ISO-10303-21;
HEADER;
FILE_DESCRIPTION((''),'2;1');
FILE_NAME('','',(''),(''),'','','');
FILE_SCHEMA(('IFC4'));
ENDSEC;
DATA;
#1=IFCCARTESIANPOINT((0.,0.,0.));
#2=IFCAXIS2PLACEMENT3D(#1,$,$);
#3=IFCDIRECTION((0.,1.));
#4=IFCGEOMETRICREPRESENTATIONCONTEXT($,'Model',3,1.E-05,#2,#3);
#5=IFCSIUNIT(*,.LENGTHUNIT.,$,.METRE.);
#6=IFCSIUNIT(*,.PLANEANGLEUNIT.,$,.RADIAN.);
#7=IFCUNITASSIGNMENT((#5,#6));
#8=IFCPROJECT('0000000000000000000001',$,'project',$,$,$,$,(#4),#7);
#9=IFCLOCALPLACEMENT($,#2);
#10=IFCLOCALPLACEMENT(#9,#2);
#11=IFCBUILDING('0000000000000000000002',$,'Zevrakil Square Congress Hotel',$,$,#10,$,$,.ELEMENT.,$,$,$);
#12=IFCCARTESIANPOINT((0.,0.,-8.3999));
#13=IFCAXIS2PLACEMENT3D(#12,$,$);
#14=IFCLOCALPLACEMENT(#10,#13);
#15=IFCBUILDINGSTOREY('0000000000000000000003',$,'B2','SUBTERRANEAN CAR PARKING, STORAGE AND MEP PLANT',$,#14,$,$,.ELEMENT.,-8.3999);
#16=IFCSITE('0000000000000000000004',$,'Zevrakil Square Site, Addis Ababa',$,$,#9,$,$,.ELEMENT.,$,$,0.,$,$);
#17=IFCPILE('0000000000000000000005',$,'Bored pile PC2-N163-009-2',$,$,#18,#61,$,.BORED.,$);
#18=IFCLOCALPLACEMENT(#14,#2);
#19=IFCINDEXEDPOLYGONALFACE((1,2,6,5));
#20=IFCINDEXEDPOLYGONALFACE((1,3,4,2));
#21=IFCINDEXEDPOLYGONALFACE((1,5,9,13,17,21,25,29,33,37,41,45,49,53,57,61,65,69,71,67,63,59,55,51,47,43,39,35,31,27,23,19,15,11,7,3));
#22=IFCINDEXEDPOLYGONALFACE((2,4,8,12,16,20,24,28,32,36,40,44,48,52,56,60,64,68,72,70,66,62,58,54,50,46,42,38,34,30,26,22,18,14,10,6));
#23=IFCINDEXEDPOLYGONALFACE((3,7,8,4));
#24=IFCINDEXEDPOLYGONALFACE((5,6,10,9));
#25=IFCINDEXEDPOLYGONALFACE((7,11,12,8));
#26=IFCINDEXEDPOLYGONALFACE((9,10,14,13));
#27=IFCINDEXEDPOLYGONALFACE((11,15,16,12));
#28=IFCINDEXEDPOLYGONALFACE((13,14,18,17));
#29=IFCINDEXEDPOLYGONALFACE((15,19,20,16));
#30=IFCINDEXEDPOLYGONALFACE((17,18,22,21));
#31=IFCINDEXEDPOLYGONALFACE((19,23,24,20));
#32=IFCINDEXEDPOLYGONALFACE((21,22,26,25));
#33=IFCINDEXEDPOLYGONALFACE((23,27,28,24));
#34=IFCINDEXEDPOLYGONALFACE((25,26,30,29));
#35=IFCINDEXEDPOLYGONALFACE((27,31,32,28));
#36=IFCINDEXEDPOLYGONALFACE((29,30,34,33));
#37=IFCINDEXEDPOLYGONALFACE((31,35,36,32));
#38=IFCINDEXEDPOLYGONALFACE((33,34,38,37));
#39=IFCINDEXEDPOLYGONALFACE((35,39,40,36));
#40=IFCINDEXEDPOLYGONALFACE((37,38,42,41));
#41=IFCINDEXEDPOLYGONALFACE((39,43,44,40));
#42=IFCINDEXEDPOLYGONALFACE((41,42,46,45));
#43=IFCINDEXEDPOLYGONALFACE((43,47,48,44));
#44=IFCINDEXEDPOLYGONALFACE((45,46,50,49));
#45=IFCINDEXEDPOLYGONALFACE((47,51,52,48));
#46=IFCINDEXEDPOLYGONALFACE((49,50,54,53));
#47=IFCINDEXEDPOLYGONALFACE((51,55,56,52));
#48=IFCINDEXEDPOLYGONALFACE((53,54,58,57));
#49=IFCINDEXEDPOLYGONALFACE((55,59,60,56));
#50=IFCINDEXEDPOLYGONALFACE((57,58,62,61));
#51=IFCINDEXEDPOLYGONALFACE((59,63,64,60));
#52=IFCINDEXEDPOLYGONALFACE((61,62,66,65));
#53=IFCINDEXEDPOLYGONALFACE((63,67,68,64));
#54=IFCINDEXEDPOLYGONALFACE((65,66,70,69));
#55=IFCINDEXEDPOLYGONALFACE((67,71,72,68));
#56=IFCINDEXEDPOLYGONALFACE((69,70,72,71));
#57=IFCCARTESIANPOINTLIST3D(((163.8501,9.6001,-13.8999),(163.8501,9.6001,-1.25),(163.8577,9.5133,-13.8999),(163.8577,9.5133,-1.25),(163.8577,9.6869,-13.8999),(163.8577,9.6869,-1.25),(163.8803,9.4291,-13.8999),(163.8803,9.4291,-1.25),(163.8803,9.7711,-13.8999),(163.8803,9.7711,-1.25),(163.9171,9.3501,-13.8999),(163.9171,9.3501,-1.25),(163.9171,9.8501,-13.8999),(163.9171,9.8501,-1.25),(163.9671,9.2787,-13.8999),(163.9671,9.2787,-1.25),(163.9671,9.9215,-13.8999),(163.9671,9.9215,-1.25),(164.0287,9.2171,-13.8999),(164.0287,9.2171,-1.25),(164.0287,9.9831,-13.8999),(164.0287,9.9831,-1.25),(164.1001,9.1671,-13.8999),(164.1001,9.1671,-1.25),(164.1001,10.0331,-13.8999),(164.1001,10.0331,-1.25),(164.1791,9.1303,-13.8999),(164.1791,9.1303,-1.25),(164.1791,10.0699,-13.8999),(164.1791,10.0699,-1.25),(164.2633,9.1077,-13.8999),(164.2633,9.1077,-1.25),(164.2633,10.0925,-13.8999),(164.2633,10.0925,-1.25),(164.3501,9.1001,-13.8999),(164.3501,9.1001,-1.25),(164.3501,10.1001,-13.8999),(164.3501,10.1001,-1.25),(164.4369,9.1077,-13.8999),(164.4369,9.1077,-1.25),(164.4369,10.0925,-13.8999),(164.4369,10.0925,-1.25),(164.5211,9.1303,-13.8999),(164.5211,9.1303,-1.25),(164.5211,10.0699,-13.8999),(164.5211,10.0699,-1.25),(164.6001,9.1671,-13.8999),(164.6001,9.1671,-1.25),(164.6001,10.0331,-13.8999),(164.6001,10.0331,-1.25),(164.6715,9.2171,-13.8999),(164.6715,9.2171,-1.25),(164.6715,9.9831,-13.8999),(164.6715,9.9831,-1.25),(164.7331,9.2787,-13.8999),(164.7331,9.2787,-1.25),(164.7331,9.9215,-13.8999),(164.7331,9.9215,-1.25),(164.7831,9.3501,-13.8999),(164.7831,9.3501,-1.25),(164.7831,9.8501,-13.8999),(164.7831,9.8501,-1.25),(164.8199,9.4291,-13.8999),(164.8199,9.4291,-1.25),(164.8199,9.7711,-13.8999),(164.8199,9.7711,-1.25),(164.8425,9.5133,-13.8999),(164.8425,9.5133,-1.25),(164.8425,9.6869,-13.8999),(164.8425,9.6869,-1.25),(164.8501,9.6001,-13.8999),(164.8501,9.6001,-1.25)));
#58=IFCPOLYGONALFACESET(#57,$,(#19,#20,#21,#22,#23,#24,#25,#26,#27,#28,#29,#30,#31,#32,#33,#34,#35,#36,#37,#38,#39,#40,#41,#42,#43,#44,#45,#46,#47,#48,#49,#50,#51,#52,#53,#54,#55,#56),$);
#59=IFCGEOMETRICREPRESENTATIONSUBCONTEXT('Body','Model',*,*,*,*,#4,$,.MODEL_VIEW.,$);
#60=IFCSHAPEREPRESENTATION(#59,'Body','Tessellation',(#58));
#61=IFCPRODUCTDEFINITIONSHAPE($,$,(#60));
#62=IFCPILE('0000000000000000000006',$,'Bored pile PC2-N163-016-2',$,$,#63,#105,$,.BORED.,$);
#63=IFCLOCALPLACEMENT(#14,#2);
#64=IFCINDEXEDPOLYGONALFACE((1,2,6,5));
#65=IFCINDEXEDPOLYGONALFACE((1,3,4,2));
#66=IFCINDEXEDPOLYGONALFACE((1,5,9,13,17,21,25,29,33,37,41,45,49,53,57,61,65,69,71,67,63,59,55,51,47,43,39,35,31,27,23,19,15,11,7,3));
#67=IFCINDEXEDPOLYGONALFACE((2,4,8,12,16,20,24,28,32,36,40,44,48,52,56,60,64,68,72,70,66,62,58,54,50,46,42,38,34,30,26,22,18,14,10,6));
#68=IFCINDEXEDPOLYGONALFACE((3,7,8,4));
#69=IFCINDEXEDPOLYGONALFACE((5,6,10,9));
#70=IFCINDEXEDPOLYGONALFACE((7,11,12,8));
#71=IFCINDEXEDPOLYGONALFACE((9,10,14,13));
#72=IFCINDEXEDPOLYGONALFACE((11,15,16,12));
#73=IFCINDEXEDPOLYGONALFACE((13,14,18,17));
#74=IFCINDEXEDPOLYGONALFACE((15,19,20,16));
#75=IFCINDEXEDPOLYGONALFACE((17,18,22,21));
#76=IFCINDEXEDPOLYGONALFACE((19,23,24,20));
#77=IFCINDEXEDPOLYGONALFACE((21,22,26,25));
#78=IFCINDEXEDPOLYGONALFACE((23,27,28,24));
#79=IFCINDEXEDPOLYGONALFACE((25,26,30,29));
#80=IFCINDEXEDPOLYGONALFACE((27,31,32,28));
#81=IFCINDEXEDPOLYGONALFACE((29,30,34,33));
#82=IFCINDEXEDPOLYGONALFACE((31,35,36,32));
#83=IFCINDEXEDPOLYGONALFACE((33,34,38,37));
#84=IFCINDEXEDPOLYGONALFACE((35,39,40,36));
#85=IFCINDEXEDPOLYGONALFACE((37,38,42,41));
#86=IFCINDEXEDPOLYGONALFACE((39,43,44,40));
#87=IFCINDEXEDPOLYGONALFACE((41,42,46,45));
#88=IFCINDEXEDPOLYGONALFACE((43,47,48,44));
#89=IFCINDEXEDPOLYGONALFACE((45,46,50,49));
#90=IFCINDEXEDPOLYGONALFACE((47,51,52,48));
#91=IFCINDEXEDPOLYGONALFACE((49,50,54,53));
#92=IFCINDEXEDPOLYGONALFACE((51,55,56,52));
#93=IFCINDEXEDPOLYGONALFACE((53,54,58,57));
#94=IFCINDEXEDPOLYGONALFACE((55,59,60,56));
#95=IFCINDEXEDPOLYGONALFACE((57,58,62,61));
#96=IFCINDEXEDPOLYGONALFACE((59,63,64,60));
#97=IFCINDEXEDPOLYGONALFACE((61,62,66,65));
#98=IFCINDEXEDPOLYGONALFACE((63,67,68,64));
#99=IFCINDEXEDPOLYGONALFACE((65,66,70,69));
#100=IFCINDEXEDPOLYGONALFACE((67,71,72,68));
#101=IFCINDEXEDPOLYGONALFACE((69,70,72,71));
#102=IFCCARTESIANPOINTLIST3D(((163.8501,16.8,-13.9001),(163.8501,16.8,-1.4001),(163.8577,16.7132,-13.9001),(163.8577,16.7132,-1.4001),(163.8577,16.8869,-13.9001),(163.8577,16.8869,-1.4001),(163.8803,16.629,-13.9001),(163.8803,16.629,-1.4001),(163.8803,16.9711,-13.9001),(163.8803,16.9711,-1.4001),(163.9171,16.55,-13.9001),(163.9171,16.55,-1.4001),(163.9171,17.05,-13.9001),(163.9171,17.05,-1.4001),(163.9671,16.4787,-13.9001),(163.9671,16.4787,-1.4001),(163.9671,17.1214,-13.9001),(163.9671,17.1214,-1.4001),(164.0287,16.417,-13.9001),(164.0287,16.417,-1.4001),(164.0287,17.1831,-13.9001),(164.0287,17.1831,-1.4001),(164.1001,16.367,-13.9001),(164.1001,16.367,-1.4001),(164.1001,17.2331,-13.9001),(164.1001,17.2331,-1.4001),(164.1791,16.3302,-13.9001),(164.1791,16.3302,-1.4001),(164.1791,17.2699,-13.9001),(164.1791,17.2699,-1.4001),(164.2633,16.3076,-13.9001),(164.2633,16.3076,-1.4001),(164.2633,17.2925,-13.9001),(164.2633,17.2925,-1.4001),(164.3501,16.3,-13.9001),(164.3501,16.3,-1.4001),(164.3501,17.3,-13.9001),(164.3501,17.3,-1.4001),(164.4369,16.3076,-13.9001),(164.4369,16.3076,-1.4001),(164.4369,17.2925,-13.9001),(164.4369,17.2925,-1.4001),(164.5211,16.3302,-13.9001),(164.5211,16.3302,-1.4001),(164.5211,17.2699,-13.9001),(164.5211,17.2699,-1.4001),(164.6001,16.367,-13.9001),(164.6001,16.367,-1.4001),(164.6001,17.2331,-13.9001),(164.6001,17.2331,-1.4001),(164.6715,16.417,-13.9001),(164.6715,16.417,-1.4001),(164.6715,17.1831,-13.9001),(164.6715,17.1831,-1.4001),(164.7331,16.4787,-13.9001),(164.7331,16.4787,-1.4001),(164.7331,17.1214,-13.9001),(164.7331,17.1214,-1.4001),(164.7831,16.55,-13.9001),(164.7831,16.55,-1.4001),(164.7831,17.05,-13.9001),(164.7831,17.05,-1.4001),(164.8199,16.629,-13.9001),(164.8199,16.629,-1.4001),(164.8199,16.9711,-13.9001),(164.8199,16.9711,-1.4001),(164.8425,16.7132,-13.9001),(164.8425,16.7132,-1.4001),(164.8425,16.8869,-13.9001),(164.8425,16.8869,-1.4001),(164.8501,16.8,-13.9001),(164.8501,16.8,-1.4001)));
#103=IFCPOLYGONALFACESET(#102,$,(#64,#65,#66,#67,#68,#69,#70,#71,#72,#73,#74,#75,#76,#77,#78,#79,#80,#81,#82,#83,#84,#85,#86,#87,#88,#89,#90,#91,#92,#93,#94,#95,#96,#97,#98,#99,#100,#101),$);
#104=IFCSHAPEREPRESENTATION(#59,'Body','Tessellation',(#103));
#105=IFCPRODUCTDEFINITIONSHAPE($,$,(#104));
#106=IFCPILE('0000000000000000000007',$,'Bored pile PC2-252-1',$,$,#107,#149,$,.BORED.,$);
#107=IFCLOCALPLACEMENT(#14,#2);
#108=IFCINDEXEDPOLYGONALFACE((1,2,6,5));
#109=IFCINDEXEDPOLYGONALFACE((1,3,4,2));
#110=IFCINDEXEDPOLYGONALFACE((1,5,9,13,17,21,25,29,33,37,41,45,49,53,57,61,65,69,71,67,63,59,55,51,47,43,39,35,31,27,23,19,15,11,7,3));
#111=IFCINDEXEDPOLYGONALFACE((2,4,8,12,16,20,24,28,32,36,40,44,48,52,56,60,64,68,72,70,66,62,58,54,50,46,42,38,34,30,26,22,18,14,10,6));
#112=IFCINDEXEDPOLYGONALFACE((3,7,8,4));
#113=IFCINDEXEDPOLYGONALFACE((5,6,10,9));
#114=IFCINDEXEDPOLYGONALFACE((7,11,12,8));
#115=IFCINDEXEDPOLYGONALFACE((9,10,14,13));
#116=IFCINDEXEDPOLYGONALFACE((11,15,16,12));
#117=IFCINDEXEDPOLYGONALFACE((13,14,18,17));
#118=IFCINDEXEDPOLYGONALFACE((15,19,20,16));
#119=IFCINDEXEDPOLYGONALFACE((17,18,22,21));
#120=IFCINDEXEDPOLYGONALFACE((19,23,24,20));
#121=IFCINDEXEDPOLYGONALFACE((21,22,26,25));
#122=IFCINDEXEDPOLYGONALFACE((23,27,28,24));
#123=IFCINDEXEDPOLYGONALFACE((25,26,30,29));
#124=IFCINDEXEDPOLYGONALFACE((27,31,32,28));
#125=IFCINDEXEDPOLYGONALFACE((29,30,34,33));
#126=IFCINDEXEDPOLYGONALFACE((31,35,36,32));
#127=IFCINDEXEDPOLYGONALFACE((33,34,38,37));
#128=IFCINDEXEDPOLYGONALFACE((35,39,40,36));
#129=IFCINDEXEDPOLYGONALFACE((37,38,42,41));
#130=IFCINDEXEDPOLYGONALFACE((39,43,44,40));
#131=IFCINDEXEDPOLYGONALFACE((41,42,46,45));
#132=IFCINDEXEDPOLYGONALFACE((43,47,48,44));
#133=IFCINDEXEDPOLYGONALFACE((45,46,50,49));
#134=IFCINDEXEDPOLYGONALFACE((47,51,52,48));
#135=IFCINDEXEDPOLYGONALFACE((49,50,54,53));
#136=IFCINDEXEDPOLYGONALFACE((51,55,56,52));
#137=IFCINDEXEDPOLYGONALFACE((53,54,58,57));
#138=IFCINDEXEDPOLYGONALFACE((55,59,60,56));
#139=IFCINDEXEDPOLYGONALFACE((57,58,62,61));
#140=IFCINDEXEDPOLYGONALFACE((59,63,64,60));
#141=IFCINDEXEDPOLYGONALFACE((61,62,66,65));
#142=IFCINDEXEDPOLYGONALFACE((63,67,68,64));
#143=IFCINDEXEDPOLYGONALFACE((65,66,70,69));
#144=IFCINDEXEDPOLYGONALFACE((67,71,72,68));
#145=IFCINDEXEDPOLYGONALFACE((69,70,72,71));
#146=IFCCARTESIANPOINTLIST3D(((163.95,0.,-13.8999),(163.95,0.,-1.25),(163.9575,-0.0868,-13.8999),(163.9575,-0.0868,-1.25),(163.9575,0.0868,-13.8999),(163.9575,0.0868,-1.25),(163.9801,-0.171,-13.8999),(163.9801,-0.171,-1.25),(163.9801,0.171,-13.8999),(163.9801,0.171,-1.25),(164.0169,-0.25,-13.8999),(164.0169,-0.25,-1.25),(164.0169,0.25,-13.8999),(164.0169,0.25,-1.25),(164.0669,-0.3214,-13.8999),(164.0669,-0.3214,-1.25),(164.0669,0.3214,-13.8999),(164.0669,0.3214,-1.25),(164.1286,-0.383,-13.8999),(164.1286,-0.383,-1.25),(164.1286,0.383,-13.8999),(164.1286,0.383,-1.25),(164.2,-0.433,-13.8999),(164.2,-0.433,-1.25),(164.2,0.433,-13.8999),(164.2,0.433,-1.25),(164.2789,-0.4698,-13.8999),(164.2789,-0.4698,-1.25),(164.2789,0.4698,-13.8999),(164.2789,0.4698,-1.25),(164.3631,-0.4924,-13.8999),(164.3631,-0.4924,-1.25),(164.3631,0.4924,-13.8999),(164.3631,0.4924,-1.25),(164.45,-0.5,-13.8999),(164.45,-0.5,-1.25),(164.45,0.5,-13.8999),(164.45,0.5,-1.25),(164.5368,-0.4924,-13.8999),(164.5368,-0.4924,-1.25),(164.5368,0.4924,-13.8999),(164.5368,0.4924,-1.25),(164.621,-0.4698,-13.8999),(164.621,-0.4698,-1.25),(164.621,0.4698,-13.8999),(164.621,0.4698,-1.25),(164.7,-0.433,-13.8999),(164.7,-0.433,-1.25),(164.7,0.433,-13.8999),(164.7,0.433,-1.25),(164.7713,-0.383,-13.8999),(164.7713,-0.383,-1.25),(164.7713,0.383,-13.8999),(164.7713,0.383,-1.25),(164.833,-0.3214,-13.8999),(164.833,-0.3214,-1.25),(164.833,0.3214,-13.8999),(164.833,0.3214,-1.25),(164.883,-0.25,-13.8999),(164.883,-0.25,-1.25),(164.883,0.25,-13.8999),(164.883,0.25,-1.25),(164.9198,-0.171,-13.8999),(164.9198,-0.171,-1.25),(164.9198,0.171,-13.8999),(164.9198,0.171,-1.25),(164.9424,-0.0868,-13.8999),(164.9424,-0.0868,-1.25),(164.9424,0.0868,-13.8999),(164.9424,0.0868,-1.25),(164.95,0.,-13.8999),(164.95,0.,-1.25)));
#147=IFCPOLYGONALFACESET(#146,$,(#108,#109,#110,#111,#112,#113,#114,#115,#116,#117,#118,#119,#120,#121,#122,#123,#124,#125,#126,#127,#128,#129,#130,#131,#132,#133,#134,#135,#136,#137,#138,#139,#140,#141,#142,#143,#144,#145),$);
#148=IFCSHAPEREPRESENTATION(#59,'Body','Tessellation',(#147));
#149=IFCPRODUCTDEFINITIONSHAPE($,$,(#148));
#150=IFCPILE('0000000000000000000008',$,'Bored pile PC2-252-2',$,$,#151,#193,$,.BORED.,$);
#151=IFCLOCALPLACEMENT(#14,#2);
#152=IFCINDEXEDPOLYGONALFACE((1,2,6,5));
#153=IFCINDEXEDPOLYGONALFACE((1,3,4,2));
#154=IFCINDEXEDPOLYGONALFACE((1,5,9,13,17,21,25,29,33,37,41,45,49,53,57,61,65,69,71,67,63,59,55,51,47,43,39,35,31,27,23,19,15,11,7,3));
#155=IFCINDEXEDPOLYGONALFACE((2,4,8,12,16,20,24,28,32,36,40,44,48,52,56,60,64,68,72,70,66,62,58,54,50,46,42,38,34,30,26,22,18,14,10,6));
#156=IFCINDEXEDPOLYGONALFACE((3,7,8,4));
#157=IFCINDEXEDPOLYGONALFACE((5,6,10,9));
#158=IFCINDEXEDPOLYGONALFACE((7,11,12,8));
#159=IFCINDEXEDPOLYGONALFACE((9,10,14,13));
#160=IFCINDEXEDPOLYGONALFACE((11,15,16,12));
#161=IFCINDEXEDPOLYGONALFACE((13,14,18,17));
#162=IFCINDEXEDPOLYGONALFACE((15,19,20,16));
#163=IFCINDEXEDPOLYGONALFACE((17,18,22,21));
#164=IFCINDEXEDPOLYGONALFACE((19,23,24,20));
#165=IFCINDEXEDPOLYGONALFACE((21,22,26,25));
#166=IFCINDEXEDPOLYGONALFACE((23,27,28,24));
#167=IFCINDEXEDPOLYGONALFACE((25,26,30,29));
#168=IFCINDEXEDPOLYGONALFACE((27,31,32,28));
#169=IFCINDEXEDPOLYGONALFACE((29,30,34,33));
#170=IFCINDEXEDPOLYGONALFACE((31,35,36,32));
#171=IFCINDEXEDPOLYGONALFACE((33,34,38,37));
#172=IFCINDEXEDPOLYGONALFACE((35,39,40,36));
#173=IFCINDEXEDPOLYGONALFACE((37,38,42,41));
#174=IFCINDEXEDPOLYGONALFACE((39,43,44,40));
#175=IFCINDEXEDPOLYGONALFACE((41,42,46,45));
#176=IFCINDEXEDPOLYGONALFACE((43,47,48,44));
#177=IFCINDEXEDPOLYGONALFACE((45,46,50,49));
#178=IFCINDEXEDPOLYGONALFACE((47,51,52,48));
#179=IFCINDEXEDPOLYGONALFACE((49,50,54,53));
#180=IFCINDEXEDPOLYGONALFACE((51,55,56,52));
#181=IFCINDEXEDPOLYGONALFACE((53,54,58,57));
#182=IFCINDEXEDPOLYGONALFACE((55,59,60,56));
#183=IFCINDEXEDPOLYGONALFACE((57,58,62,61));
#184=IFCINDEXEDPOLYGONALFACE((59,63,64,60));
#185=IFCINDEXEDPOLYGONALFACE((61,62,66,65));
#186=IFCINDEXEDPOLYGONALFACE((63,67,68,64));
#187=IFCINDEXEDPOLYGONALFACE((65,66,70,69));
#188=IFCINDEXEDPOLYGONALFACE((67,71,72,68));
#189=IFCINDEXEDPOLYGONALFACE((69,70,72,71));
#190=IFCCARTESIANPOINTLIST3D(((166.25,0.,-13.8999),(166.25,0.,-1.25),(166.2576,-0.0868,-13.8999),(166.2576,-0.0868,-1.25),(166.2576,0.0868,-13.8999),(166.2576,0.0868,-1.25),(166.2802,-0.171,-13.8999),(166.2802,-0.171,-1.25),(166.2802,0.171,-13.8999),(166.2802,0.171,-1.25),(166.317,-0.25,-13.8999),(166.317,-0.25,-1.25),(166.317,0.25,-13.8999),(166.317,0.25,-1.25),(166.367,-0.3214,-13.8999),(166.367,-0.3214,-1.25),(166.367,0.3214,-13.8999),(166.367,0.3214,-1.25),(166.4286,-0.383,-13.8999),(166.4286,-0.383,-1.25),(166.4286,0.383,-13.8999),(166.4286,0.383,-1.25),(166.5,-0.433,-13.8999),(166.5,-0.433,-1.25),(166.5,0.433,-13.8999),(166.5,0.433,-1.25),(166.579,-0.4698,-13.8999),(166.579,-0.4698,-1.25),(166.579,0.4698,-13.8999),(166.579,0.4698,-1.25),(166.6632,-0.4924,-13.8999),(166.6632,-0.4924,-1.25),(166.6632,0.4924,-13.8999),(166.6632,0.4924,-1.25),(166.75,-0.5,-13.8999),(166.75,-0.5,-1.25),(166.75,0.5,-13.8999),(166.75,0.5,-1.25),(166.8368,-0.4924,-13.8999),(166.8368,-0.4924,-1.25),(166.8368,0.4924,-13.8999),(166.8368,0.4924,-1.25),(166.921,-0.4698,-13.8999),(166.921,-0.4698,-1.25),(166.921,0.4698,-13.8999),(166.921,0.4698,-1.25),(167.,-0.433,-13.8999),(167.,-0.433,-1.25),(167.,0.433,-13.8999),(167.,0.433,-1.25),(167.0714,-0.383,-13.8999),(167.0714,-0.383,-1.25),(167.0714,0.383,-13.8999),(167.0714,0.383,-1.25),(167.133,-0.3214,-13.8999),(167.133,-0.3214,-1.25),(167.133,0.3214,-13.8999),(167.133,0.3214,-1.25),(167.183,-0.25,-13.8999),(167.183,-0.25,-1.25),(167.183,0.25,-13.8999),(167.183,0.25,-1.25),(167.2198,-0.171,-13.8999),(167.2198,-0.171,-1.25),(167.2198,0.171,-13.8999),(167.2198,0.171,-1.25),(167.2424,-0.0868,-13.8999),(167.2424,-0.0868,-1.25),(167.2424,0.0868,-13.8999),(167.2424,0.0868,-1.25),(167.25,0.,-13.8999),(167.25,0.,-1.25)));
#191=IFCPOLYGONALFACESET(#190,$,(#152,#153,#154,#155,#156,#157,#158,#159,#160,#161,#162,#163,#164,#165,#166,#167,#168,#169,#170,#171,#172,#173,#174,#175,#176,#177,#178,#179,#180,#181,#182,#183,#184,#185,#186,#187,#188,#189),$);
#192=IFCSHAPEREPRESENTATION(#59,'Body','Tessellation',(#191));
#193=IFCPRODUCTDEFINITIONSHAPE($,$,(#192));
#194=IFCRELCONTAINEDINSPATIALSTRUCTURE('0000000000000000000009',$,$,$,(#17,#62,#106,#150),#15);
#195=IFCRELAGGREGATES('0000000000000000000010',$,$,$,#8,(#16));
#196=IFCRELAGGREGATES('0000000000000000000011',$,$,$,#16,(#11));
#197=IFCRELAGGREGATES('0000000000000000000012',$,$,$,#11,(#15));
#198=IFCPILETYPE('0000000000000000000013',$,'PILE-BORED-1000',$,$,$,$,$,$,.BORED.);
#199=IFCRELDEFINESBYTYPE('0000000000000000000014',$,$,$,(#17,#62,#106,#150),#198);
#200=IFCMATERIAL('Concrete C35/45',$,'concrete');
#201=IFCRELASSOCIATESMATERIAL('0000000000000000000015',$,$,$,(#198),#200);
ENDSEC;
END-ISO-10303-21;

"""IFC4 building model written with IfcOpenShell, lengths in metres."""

from ifc_helpers import new_model, si_unit, direction, frame, origin, origin_2d, place, context, subcontext, project, spatial, circle, extrude, material, material_profile, profile_set, type_object, element, save


model = new_model("IFC4")

# Units and contexts
model_context = context("Model", 3, precision=1e-05, world=origin(), true_north=direction((0.0, 1.0)))
body_context = subcontext(model_context, "Body", "Model", "MODEL_VIEW")
ifc_project = project(units=[si_unit("LENGTHUNIT", "METRE"), si_unit("PLANEANGLEUNIT", "RADIAN")], contexts=[model_context])

# Site, building, storey
site_placement = place(None, origin())
site = spatial("IfcSite", under=ifc_project, at=site_placement, Name="Zevrakil Square Site, Addis Ababa", CompositionType="ELEMENT", RefElevation=0.0)
building_placement = place(site_placement, origin())
building = spatial("IfcBuilding", under=site, at=building_placement, Name="Zevrakil Square Congress Hotel", CompositionType="ELEMENT")
storey_placement = place(building_placement, frame((0.0, 0.0, -8.3999)))
storey = spatial("IfcBuildingStorey", under=building, at=storey_placement, Name="B2", Description="SUBTERRANEAN CAR PARKING, STORAGE AND MEP PLANT", CompositionType="ELEMENT", Elevation=-8.3999)

# Piles
ifc_material_1 = material(Name="Concrete C35/45", Category="concrete")
ifc_material_profile_1 = material_profile(ifc_material_1, circle(Radius=0.5, at=origin_2d()), Name="PILE D1000")
ifc_profile_set_1 = profile_set([ifc_material_profile_1], Name="Concrete C35/45")
pile_type = type_object("IfcPileType", Name="PILE-BORED-1000", PredefinedType="BORED", material=ifc_profile_set_1)
pile_1_placement = place(storey_placement, frame((164.3501, 9.6001, -1.25), z_axis=(0.0, 0.0, -1.0), x_axis=(1.0, 0.0, 0.0)))
element("IfcPile", 1, at=pile_1_placement, inside=storey, type_object=pile_type, Name="Bored pile PC2-N163-009-2", PredefinedType="BORED", context=body_context, shape_type="SweptSolid", body=[
    extrude(circle(Radius=0.5, at=origin_2d()), origin(), (0.0, 0.0, 1.0), 12.6499),
])
pile_2_placement = place(storey_placement, frame((164.3501, 16.8, -1.4001), z_axis=(0.0, 0.0, -1.0), x_axis=(1.0, 0.0, 0.0)))
element("IfcPile", 2, at=pile_2_placement, inside=storey, type_object=pile_type, Name="Bored pile PC2-N163-016-2", PredefinedType="BORED", context=body_context, shape_type="SweptSolid", body=[
    extrude(circle(Radius=0.5, at=origin_2d()), origin(), (0.0, 0.0, 1.0), 12.5),
])
for number, where, z_axis, x_axis, name in (
    (3, (164.45, 0.0, -1.25), (0.0, 0.0, -1.0), (1.0, 0.0, 0.0), "Bored pile PC2-252-1"),
    (4, (166.75, 0.0, -1.25), (0.0, 0.0, -1.0), (1.0, 0.0, 0.0), "Bored pile PC2-252-2"),
):
    element("IfcPile", number, at=place(storey_placement, frame(where, z_axis=z_axis, x_axis=x_axis)), inside=storey, type_object=pile_type, Name=name, PredefinedType="BORED", context=body_context, shape_type="SweptSolid", body=[
        extrude(circle(Radius=0.5, at=origin_2d()), origin(), (0.0, 0.0, 1.0), 12.6499),
    ])

save(model, "model.ifc")
